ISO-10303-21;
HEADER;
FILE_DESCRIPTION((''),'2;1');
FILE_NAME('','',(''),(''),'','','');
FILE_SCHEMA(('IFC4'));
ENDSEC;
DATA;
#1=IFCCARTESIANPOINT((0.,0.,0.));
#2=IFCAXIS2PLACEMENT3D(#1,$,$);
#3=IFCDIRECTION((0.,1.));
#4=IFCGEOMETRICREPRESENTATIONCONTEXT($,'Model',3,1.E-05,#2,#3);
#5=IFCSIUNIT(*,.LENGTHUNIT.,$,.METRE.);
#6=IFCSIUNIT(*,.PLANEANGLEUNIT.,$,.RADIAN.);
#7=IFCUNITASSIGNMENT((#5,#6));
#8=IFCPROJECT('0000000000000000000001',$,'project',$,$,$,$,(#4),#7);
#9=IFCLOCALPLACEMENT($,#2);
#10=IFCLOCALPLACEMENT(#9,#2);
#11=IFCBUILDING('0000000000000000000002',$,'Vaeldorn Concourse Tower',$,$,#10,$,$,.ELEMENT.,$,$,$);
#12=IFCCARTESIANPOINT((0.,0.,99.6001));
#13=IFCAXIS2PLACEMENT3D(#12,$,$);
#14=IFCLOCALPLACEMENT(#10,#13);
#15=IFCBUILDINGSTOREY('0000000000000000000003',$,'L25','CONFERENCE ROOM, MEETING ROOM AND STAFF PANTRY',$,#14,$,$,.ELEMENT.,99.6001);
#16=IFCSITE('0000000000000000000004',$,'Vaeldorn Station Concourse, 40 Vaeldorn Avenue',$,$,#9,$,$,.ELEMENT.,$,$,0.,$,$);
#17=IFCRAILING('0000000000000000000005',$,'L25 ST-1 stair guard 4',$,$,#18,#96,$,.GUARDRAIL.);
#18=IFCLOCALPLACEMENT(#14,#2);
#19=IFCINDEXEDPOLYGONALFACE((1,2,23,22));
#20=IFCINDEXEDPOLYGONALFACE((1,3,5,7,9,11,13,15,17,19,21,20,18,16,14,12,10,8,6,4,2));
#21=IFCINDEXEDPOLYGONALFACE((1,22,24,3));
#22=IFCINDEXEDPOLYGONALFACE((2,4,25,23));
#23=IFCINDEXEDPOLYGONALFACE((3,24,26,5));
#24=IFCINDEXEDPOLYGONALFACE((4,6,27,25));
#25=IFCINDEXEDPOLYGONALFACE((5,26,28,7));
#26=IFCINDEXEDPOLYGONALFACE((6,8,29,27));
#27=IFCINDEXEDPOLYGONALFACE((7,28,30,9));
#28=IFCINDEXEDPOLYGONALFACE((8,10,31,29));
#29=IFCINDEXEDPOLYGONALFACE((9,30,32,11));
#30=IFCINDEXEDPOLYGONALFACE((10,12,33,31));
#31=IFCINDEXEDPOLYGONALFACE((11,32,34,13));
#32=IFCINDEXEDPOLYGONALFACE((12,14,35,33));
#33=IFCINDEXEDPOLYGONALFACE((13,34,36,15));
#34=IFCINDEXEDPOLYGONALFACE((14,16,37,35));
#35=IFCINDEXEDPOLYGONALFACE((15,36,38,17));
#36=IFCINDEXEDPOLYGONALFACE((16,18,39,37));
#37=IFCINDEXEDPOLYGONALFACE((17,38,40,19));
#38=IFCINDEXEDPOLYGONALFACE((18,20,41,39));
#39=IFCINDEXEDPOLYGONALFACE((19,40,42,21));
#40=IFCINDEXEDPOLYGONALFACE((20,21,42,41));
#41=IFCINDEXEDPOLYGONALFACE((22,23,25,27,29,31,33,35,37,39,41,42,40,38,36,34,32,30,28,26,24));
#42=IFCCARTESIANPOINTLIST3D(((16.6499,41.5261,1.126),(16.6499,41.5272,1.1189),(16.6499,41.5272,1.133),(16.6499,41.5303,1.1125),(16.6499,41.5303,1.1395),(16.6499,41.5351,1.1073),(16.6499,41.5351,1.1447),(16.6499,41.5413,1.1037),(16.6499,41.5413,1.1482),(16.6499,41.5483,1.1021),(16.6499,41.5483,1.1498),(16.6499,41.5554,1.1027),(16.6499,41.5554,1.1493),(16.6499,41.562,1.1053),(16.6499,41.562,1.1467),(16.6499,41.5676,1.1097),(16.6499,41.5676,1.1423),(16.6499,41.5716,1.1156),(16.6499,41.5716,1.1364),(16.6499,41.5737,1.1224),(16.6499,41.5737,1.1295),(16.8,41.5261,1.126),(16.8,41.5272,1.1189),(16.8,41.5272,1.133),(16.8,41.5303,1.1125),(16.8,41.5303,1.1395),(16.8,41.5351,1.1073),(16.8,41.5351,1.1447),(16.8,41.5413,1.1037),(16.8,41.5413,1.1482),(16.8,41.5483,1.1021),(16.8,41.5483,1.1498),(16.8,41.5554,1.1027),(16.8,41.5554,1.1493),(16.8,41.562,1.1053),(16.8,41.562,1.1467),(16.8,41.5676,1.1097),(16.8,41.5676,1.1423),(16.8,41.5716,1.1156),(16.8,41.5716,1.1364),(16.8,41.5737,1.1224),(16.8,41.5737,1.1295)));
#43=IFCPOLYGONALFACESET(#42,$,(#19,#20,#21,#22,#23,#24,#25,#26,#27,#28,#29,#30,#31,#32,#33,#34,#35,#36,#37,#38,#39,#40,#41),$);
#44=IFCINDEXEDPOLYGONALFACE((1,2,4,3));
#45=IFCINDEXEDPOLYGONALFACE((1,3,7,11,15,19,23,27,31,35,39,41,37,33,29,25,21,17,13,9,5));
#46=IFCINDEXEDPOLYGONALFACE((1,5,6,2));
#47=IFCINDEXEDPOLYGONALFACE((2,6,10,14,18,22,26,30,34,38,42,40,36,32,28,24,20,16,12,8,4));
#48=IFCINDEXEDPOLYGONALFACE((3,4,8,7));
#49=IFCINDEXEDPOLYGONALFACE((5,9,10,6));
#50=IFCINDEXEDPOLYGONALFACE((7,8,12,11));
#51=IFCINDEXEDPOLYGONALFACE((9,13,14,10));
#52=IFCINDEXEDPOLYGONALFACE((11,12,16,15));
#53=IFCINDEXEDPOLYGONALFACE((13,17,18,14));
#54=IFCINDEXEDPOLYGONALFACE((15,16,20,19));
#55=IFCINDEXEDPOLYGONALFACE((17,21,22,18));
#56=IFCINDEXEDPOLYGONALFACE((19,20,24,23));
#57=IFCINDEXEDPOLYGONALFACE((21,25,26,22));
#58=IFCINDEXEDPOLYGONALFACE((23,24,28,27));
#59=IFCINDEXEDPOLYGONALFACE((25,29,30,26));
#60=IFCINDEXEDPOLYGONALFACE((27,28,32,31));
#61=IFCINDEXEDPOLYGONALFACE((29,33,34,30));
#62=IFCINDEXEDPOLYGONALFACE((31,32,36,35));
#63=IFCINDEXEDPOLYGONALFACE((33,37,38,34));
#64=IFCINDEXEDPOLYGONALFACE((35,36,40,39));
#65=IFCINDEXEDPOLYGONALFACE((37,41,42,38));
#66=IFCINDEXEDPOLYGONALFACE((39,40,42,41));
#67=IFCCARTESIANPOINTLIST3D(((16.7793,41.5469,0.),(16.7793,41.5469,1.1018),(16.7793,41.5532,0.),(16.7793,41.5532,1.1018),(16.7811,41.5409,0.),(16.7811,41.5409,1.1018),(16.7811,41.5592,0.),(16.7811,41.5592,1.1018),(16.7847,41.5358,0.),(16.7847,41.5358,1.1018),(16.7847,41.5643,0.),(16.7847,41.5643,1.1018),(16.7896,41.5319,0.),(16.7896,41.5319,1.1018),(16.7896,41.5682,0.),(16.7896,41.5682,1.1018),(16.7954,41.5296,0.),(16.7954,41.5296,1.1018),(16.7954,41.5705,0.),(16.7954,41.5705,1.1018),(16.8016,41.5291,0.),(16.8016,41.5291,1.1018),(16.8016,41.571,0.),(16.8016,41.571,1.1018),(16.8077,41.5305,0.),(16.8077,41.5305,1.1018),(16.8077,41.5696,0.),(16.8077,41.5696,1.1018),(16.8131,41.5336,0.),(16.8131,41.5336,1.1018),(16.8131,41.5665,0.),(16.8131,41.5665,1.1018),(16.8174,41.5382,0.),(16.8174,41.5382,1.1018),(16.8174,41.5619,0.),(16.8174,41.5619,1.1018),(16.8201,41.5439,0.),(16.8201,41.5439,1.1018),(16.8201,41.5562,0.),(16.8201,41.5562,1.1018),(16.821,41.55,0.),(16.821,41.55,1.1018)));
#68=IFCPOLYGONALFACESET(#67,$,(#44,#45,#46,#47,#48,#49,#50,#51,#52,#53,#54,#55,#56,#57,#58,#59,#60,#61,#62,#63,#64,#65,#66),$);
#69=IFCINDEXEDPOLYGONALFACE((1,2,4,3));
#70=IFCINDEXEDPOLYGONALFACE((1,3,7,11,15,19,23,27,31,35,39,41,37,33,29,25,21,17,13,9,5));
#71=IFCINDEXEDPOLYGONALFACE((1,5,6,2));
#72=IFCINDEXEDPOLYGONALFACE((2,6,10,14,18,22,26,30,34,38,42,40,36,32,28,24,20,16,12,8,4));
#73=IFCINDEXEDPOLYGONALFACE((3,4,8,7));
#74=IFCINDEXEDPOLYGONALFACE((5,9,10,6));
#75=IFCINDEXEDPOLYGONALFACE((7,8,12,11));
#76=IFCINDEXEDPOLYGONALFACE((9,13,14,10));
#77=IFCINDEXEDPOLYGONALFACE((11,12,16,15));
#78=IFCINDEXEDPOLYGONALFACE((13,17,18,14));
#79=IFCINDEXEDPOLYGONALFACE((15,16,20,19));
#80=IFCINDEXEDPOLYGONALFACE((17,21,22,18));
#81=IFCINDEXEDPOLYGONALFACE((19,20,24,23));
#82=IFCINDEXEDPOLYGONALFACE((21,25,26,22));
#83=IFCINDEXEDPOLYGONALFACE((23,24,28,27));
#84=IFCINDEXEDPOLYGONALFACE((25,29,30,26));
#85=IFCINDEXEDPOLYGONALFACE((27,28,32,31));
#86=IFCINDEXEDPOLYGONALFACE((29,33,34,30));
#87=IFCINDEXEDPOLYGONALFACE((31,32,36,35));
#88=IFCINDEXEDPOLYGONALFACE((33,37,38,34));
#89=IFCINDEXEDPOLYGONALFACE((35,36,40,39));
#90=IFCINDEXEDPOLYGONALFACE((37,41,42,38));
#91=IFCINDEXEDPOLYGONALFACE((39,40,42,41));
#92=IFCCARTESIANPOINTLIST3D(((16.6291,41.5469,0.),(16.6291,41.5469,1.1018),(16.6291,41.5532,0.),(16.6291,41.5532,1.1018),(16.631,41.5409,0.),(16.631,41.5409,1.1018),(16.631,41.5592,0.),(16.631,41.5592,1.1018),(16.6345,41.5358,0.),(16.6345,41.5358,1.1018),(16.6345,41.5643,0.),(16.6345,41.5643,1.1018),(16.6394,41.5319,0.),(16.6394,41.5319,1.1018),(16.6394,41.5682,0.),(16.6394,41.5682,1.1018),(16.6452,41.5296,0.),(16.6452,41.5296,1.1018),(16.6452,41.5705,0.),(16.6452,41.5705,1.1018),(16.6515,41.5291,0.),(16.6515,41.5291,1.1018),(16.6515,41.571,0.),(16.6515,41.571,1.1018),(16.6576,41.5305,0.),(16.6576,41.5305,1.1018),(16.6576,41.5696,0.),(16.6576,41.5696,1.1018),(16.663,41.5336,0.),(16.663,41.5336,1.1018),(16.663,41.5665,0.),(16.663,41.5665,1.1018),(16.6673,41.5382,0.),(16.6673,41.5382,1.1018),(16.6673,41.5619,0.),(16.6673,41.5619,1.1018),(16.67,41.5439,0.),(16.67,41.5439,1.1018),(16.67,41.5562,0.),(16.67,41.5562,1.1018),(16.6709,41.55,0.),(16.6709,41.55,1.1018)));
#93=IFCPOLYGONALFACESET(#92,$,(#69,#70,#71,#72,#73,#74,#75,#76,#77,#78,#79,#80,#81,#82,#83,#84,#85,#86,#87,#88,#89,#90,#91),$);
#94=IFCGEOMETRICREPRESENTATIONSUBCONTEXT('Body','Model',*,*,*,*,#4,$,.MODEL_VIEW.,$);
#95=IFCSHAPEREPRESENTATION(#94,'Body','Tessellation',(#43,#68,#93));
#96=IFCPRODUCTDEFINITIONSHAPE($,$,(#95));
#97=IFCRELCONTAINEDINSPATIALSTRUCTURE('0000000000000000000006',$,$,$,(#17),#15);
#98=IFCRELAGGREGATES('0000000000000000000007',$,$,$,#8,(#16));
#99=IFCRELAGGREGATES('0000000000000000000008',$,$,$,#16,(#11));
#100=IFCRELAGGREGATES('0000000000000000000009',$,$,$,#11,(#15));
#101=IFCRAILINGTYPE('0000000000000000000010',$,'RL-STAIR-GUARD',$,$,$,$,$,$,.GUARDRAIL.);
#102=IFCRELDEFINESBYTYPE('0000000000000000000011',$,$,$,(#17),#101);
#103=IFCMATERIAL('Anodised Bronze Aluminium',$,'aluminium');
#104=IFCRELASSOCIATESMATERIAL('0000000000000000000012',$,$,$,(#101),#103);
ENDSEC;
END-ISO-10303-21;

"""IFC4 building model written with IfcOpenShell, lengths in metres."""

from ifc_helpers import new_model, si_unit, direction, frame, origin, origin_2d, place, context, subcontext, project, spatial, circle, extrude, material, type_object, element, save


model = new_model("IFC4")

# Units and contexts
model_context = context("Model", 3, precision=1e-05, world=origin(), true_north=direction((0.0, 1.0)))
body_context = subcontext(model_context, "Body", "Model", "MODEL_VIEW")
ifc_project = project(units=[si_unit("LENGTHUNIT", "METRE"), si_unit("PLANEANGLEUNIT", "RADIAN")], contexts=[model_context])

# Site, building, storey
site_placement = place(None, origin())
site = spatial("IfcSite", under=ifc_project, at=site_placement, Name="Vaeldorn Station Concourse, 40 Vaeldorn Avenue", CompositionType="ELEMENT", RefElevation=0.0)
building_placement = place(site_placement, origin())
building = spatial("IfcBuilding", under=site, at=building_placement, Name="Vaeldorn Concourse Tower", CompositionType="ELEMENT")
storey_placement = place(building_placement, frame((0.0, 0.0, 99.6001)))
storey = spatial("IfcBuildingStorey", under=building, at=storey_placement, Name="L25", Description="CONFERENCE ROOM, MEETING ROOM AND STAFF PANTRY", CompositionType="ELEMENT", Elevation=99.6001)

# Shared definitions
ifc_material_1 = material(Name="Anodised Bronze Aluminium", Category="aluminium")

# Railing
railing_type_1 = type_object("IfcRailingType", Name="RL-STAIR-GUARD", PredefinedType="GUARDRAIL", material=ifc_material_1)
railing_1_placement = place(storey_placement, frame((16.8, 41.55, 0.0)))
element("IfcRailing", 1, at=railing_1_placement, inside=storey, type_object=railing_type_1, Name="L25 ST-1 stair guard 4", PredefinedType="GUARDRAIL", context=body_context, shape_type="SweptSolid", body=[
    extrude(circle(Radius=0.0239, at=origin_2d()), frame((0.0, 0.0, 1.126), z_axis=(-1.0, 0.0, 0.0), x_axis=(0.0, -1.0, 0.0)), (0.0, 0.0, 1.0), 0.1501),
    extrude(circle(Radius=0.021, at=origin_2d()), origin(), (0.0, 0.0, 1.0), 1.1018),
    extrude(circle(Radius=0.021, at=origin_2d()), frame((-0.1501, 0.0, 0.0)), (0.0, 0.0, 1.0), 1.1018),
])

save(model, "model.ifc")
